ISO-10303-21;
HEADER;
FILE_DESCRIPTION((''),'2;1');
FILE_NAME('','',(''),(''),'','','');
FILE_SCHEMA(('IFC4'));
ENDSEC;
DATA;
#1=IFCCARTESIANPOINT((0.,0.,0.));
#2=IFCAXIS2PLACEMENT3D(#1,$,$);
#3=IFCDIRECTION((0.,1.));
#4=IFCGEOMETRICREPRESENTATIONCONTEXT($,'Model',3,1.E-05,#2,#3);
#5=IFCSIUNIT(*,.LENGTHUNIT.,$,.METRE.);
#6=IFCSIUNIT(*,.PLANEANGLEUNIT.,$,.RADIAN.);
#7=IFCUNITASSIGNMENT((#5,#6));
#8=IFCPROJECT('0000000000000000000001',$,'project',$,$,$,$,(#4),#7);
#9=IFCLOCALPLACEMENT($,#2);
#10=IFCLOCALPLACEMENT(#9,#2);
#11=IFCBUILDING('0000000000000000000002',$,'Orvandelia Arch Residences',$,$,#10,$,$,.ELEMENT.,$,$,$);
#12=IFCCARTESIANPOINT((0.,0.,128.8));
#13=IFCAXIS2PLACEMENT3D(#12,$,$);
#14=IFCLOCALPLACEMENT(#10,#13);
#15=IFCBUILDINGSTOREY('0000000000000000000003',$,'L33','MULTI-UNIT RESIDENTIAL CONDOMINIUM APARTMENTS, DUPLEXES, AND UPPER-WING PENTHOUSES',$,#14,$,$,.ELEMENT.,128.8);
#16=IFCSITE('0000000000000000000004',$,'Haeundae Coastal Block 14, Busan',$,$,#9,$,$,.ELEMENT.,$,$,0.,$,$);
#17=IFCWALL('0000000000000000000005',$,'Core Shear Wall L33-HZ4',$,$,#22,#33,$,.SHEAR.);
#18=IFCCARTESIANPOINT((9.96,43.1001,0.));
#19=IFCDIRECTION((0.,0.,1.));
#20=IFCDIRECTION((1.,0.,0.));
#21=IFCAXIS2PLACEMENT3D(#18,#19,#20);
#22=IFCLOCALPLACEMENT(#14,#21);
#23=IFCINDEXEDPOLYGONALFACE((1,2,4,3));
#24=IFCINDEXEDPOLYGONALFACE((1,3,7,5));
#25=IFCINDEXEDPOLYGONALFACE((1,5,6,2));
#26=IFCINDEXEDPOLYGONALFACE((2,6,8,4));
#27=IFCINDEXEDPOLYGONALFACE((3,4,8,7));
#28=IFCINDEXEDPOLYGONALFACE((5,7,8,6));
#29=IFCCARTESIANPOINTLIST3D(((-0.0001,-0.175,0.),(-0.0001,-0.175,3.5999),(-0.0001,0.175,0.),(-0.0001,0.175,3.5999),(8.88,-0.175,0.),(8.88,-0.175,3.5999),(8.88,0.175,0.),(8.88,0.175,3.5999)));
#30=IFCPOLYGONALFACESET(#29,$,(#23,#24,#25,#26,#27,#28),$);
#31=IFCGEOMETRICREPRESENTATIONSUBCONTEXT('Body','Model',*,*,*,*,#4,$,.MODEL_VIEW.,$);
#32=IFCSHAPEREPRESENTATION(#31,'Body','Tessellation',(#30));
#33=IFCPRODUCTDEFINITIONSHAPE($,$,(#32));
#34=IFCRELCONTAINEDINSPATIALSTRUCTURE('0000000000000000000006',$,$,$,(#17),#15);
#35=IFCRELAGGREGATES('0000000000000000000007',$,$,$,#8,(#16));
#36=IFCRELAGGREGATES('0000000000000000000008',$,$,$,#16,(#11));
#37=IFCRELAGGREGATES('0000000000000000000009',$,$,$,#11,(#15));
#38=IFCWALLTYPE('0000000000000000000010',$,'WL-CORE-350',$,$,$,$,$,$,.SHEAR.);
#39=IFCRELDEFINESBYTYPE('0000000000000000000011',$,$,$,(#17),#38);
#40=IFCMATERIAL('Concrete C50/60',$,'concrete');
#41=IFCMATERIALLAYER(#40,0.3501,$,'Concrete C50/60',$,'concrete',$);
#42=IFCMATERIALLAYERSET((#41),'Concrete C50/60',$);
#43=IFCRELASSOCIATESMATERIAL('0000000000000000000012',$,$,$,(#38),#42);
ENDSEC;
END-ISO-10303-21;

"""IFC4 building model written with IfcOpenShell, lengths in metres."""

from ifc_helpers import new_model, si_unit, direction, frame, frame_2d, origin, place, context, subcontext, project, spatial, rectangle, extrude, material, layer, layer_set, type_object, element, save


model = new_model("IFC4")

# Units and contexts
model_context = context("Model", 3, precision=1e-05, world=origin(), true_north=direction((0.0, 1.0)))
body_context = subcontext(model_context, "Body", "Model", "MODEL_VIEW")
ifc_project = project(units=[si_unit("LENGTHUNIT", "METRE"), si_unit("PLANEANGLEUNIT", "RADIAN")], contexts=[model_context])

# Site, building, storey
site_placement = place(None, origin())
site = spatial("IfcSite", under=ifc_project, at=site_placement, Name="Haeundae Coastal Block 14, Busan", CompositionType="ELEMENT", RefElevation=0.0)
building_placement = place(site_placement, origin())
building = spatial("IfcBuilding", under=site, at=building_placement, Name="Orvandelia Arch Residences", CompositionType="ELEMENT")
storey_placement = place(building_placement, frame((0.0, 0.0, 128.8)))
storey = spatial("IfcBuildingStorey", under=building, at=storey_placement, Name="L33", Description="MULTI-UNIT RESIDENTIAL CONDOMINIUM APARTMENTS, DUPLEXES, AND UPPER-WING PENTHOUSES", CompositionType="ELEMENT", Elevation=128.8)

# Wall
ifc_material_1 = material(Name="Concrete C50/60", Category="concrete")
ifc_layer_1 = layer(ifc_material_1, 0.3501, Name="Concrete C50/60", Category="concrete")
ifc_layer_set_1 = layer_set([ifc_layer_1], Name="Concrete C50/60")
wall_type_1 = type_object("IfcWallType", Name="WL-CORE-350", PredefinedType="SHEAR", material=ifc_layer_set_1)
wall_1_placement = place(storey_placement, frame((9.96, 43.1001, 0.0), z_axis=(0.0, 0.0, 1.0), x_axis=(1.0, 0.0, 0.0)))
element("IfcWall", 1, at=wall_1_placement, inside=storey, type_object=wall_type_1, Name="Core Shear Wall L33-HZ4", PredefinedType="SHEAR", context=body_context, shape_type="SweptSolid", body=[
    extrude(rectangle(XDim=8.8801, YDim=0.3501, at=frame_2d((4.4399, 0.0))), origin(), (0.0, 0.0, 1.0), 3.5999),
])

save(model, "model.ifc")
